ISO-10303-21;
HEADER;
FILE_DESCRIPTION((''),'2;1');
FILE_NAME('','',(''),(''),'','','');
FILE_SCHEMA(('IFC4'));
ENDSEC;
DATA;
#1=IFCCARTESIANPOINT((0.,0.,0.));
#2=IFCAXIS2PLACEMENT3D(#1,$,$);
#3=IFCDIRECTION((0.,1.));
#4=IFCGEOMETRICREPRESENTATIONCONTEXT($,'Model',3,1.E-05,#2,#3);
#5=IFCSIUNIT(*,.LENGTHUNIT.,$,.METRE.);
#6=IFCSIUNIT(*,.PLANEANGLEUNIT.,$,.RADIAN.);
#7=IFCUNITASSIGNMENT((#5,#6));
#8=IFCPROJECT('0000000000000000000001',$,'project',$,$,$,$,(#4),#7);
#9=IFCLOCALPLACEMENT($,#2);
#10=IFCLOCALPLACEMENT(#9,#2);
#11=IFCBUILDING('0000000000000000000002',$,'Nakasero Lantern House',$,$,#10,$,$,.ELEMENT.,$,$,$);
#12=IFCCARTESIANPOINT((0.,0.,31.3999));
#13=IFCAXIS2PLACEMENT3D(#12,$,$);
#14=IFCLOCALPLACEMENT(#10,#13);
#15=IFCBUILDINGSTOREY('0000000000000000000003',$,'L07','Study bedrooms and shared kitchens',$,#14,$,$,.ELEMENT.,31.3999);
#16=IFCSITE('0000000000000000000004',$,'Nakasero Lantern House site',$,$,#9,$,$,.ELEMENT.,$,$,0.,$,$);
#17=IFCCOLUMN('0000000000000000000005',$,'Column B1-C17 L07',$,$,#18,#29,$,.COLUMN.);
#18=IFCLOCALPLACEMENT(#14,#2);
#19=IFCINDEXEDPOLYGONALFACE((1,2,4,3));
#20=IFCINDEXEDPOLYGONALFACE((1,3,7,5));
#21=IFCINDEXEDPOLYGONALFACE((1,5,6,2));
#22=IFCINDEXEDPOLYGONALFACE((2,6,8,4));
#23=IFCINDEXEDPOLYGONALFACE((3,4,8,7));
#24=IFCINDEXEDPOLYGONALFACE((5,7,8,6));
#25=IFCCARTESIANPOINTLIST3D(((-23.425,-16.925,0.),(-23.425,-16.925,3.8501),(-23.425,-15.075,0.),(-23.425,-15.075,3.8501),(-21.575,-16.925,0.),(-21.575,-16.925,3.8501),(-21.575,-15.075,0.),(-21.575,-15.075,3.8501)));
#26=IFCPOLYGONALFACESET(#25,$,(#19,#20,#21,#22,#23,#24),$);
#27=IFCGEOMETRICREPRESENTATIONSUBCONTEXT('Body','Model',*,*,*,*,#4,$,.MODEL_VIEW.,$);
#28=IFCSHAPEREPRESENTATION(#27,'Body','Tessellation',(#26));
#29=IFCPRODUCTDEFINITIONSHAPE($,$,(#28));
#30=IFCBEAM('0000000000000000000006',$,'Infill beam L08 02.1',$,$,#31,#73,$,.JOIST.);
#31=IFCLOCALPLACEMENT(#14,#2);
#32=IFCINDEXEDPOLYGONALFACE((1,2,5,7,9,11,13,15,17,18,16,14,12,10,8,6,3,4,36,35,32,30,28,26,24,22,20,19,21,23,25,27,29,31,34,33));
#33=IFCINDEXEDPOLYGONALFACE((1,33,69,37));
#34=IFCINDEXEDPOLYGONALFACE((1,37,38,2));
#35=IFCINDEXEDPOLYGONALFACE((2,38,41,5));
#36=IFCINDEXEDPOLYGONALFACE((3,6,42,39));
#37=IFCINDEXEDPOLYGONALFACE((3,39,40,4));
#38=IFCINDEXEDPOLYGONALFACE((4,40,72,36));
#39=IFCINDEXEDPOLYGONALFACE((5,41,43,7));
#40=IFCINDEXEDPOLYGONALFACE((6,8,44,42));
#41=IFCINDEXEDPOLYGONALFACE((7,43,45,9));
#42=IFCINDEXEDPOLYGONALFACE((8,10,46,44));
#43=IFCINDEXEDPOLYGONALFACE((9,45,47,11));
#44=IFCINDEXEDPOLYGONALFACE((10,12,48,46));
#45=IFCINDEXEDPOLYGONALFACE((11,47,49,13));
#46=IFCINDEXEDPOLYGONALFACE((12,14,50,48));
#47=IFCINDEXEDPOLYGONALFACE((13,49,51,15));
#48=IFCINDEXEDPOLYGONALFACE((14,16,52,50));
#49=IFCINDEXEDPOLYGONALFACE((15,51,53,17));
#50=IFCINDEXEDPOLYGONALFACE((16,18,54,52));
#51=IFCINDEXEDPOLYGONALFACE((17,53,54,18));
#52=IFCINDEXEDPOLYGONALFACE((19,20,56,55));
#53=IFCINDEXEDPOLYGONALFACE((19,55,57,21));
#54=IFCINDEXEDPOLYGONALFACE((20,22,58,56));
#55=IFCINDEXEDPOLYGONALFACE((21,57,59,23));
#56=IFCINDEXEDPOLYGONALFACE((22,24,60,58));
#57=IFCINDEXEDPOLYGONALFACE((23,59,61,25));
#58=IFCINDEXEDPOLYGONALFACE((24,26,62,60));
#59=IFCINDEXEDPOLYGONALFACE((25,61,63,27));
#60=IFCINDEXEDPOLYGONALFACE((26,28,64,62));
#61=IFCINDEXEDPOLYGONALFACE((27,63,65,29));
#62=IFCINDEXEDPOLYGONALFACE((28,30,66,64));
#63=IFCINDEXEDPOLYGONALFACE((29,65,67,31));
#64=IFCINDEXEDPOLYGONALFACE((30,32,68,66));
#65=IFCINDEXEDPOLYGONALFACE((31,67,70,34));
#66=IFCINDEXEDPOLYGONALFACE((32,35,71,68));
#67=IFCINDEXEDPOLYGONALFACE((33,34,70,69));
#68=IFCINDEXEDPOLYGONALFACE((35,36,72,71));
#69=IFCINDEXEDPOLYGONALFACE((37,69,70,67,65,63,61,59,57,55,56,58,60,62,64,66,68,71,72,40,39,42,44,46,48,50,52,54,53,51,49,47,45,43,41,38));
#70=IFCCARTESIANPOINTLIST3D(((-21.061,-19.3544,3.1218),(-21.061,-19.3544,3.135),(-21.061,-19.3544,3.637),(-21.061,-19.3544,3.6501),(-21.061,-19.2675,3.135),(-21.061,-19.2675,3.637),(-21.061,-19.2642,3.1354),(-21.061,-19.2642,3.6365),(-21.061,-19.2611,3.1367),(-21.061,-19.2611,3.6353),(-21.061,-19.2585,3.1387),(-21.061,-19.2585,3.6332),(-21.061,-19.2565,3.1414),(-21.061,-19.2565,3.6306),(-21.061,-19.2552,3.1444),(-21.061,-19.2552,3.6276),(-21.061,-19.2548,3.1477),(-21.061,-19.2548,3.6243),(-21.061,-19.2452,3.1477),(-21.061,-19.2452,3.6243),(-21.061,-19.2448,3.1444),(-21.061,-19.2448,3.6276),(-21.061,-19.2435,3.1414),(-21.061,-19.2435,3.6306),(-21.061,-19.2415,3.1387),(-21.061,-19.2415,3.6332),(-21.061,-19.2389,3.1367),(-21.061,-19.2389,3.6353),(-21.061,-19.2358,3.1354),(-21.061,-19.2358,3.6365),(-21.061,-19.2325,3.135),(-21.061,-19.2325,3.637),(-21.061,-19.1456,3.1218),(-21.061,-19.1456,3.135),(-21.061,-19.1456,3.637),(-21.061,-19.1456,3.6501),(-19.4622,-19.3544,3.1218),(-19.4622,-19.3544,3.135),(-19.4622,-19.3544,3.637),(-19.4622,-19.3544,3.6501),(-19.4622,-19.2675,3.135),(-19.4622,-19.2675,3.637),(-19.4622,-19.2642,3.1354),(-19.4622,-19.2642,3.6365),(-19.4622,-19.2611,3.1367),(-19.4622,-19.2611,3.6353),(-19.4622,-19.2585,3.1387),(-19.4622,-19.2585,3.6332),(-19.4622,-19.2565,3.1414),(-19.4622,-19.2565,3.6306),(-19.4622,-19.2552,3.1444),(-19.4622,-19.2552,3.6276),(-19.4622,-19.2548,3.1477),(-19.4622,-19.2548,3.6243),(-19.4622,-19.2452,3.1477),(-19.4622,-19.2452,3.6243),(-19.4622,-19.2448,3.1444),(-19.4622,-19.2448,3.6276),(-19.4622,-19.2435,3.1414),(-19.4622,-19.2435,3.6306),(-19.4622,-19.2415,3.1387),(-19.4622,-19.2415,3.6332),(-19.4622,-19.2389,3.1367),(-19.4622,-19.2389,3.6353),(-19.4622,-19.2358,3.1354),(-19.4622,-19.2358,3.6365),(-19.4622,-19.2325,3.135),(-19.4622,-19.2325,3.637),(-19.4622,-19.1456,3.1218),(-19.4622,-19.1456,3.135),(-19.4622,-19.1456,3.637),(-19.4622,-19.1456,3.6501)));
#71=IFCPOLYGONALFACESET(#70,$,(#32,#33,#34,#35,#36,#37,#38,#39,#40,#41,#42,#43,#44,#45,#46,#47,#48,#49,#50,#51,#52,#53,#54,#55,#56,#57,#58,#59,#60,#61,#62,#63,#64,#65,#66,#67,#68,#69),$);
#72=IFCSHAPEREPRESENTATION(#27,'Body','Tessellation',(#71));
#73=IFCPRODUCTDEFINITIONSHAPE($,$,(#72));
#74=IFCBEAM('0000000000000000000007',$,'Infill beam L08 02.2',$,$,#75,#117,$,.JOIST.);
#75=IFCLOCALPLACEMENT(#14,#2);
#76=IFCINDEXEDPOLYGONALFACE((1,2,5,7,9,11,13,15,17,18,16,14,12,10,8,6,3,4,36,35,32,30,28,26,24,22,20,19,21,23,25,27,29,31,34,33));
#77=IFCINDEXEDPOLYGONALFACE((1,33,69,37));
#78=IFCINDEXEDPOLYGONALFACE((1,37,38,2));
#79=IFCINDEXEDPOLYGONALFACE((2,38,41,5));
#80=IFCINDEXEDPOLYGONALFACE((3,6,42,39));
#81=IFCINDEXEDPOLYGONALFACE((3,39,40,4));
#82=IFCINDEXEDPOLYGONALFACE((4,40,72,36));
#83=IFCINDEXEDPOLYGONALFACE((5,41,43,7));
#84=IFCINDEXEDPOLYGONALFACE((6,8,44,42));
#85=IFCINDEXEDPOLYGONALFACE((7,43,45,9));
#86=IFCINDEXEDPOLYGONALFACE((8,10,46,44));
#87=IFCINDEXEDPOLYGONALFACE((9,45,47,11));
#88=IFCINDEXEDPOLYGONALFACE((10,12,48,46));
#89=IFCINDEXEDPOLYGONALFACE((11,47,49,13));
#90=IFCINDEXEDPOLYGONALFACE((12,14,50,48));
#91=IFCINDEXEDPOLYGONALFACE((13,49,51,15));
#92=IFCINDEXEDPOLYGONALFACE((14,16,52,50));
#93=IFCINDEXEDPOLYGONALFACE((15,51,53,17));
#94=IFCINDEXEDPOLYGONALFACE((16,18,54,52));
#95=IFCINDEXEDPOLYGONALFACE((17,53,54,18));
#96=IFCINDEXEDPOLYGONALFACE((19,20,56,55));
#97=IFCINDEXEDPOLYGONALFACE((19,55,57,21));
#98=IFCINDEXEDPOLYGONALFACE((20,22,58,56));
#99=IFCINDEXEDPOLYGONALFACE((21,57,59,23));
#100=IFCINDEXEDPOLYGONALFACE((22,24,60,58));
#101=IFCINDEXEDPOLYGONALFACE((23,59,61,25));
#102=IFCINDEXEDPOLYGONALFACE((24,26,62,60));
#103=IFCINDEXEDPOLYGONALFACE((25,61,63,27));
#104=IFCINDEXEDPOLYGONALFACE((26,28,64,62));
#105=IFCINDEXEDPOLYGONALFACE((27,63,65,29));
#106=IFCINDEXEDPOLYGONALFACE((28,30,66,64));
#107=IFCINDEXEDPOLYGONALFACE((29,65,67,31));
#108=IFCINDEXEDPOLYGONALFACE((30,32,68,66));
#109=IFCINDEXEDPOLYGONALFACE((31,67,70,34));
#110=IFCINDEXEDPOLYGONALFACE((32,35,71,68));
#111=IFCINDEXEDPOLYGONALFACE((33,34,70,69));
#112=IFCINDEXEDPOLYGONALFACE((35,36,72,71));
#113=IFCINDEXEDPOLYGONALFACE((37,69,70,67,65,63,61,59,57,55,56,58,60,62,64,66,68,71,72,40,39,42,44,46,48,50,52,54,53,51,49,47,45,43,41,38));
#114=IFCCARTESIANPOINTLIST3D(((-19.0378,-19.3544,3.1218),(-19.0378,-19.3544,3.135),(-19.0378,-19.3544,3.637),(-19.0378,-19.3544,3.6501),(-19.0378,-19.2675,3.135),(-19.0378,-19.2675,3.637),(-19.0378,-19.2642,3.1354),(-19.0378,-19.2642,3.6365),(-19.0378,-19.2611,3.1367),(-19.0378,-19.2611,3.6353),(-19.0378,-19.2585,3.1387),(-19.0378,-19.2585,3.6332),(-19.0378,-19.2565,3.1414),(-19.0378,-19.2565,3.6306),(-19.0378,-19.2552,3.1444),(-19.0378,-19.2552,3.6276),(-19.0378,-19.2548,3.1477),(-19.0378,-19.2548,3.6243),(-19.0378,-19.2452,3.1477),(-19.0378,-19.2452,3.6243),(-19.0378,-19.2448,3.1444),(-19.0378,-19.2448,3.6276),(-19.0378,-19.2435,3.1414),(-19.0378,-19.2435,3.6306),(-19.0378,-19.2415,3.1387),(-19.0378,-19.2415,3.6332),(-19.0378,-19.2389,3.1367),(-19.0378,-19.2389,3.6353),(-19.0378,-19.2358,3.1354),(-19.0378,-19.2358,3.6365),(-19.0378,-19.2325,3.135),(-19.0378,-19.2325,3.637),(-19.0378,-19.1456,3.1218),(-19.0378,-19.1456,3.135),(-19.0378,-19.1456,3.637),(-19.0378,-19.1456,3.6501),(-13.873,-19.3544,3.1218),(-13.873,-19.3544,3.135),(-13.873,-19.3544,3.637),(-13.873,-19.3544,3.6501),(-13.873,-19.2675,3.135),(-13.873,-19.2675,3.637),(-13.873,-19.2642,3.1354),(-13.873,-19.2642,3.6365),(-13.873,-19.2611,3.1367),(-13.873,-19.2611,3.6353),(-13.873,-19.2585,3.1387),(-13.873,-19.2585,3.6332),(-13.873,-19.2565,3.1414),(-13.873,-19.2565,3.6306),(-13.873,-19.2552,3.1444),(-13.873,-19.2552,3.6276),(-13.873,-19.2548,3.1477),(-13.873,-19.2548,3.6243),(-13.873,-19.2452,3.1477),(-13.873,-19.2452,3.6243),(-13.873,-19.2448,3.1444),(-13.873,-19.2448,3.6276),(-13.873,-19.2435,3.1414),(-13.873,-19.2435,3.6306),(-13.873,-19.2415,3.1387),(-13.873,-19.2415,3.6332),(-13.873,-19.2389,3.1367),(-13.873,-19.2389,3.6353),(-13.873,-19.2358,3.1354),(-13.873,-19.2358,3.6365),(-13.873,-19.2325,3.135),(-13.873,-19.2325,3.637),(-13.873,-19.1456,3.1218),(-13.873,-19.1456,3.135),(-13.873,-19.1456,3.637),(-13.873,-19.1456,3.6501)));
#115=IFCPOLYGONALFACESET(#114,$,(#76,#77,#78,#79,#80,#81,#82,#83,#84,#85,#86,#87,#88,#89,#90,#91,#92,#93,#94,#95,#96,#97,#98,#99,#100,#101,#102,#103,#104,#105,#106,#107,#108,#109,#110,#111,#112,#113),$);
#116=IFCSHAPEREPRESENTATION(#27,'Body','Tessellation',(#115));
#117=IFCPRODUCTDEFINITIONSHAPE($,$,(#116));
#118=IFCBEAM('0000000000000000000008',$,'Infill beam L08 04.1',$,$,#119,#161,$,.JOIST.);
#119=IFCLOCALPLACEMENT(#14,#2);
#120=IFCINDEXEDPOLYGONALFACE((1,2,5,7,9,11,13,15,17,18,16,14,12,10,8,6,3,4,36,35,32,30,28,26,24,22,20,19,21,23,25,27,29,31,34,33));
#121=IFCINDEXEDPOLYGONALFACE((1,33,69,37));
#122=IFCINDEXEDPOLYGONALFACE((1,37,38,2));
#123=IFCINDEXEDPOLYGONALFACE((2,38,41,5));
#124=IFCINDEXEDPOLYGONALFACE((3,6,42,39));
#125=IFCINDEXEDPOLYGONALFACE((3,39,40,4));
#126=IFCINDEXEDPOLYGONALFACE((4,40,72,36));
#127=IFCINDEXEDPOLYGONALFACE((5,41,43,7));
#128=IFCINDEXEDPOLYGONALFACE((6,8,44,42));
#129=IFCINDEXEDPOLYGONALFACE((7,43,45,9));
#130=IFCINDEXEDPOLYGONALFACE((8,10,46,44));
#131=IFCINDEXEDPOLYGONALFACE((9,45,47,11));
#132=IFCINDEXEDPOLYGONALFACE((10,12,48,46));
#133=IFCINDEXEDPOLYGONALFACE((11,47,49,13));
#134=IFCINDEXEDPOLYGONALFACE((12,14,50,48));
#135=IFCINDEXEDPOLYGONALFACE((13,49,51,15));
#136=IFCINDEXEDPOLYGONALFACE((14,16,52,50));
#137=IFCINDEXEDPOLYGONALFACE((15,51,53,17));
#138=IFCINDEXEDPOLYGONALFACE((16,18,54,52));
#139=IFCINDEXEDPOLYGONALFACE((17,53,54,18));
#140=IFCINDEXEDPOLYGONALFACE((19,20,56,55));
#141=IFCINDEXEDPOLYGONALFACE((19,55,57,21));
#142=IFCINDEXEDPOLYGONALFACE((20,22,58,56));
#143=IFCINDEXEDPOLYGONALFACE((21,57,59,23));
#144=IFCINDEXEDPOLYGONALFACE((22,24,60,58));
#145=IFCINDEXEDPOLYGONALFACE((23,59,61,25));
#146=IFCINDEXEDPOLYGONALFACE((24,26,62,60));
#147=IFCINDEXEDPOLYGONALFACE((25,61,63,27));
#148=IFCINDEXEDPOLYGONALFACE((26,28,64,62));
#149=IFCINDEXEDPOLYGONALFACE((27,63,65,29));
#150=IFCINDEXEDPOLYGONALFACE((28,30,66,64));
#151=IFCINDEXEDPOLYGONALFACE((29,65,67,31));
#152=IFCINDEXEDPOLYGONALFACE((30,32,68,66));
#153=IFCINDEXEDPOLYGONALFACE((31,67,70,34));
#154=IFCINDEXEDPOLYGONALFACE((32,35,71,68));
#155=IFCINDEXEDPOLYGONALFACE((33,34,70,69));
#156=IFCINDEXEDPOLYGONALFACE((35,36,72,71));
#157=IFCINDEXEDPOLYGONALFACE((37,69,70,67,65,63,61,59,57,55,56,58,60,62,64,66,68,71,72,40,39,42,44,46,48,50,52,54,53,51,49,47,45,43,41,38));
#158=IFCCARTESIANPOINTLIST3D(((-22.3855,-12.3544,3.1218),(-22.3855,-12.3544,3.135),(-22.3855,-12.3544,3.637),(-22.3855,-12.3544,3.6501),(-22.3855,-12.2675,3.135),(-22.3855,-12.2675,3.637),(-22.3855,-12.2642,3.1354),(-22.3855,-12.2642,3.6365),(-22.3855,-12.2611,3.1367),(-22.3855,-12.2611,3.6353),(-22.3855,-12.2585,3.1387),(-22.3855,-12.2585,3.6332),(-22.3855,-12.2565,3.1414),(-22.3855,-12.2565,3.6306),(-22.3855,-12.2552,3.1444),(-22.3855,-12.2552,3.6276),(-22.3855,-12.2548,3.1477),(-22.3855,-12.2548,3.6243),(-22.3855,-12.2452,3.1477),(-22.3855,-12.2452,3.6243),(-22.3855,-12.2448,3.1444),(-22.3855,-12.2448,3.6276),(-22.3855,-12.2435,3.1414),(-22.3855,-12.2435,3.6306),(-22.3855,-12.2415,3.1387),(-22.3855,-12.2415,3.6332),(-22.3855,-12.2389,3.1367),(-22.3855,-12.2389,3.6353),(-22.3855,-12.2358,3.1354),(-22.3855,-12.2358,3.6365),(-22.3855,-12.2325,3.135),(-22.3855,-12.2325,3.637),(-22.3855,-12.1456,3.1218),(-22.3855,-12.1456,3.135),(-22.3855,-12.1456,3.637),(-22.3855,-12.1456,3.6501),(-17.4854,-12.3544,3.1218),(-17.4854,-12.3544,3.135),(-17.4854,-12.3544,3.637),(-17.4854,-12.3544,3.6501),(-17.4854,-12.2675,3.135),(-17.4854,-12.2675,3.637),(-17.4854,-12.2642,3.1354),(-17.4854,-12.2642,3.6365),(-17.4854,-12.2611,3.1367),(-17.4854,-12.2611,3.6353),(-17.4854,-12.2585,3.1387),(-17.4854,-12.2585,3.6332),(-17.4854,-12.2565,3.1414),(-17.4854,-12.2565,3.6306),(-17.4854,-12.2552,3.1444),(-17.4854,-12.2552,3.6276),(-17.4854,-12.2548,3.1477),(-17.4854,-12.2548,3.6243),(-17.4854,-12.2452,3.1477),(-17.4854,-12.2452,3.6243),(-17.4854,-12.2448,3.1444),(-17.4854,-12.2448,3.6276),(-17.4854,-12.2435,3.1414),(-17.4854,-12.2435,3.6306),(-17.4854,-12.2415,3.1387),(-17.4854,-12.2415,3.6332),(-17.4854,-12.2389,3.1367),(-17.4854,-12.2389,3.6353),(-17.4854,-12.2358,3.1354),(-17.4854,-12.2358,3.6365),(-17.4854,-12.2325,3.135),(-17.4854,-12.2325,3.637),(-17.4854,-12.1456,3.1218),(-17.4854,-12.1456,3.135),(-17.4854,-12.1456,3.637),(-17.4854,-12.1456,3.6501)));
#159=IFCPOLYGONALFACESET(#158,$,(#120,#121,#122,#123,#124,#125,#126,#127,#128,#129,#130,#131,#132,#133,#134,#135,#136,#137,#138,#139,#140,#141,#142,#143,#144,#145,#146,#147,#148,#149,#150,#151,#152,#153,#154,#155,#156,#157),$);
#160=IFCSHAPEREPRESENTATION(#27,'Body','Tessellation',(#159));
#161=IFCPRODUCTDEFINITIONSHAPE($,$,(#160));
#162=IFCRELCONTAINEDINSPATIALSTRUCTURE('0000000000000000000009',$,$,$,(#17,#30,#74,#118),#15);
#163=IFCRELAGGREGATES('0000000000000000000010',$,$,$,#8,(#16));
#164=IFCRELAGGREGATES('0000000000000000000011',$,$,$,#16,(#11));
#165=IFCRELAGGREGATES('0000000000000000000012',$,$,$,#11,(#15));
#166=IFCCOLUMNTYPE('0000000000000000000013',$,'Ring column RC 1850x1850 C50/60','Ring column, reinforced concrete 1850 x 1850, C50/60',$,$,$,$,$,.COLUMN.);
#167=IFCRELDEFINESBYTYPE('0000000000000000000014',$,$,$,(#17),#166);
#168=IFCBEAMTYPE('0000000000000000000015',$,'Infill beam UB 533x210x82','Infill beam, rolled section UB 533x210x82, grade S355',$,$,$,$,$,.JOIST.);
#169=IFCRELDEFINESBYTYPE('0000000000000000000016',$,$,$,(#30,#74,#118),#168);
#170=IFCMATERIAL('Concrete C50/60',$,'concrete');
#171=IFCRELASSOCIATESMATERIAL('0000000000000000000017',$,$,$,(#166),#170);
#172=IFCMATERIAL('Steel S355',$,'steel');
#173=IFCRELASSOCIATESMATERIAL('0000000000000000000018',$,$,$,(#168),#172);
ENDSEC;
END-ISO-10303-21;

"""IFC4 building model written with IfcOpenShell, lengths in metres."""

from ifc_helpers import new_model, si_unit, direction, frame, origin, origin_2d, place, context, subcontext, project, spatial, rectangle, i_section, extrude, material, material_profile, profile_set, type_object, element, save


model = new_model("IFC4")

# Units and contexts
model_context = context("Model", 3, precision=1e-05, world=origin(), true_north=direction((0.0, 1.0)))
body_context = subcontext(model_context, "Body", "Model", "MODEL_VIEW")
ifc_project = project(units=[si_unit("LENGTHUNIT", "METRE"), si_unit("PLANEANGLEUNIT", "RADIAN")], contexts=[model_context])

# Site, building, storey
site_placement = place(None, origin())
site = spatial("IfcSite", under=ifc_project, at=site_placement, Name="Nakasero Lantern House site", CompositionType="ELEMENT", RefElevation=0.0)
building_placement = place(site_placement, origin())
building = spatial("IfcBuilding", under=site, at=building_placement, Name="Nakasero Lantern House", CompositionType="ELEMENT")
storey_placement = place(building_placement, frame((0.0, 0.0, 31.3999)))
storey = spatial("IfcBuildingStorey", under=building, at=storey_placement, Name="L07", Description="Study bedrooms and shared kitchens", CompositionType="ELEMENT", Elevation=31.3999)

# Column
ifc_material_1 = material(Name="Concrete C50/60", Category="concrete")
ifc_material_profile_1 = material_profile(ifc_material_1, rectangle(XDim=1.8501, YDim=1.8501, at=origin_2d()), Name="RC 1850x1850")
ifc_profile_set_1 = profile_set([ifc_material_profile_1], Name="Concrete C50/60")
column_type = type_object("IfcColumnType", Name="Ring column RC 1850x1850 C50/60", Description="Ring column, reinforced concrete 1850 x 1850, C50/60", PredefinedType="COLUMN", material=ifc_profile_set_1)
column_placement = place(storey_placement, frame((-22.5, -16.0, 0.0), z_axis=(0.0, 0.0, 1.0), x_axis=(1.0, 0.0, 0.0)))
element("IfcColumn", 1, at=column_placement, inside=storey, type_object=column_type, Name="Column B1-C17 L07", PredefinedType="COLUMN", context=body_context, shape_type="SweptSolid", body=[
    extrude(rectangle(XDim=1.8501, YDim=1.8501, at=origin_2d()), origin(), (0.0, 0.0, 1.0), 3.8501),
])

# Beams
ifc_material_2 = material(Name="Steel S355", Category="steel")
ifc_material_profile_2 = material_profile(ifc_material_2, i_section(OverallWidth=0.2087, OverallDepth=0.5283, WebThickness=0.0095, FlangeThickness=0.0132, FilletRadius=0.0127, at=origin_2d()), Name="UB 533x210x82")
ifc_profile_set_2 = profile_set([ifc_material_profile_2], Name="Steel S355")
beam_type_1 = type_object("IfcBeamType", Name="Infill beam UB 533x210x82", Description="Infill beam, rolled section UB 533x210x82, grade S355", PredefinedType="JOIST", material=ifc_profile_set_2)
beam_1_placement = place(storey_placement, frame((-21.061, -19.25, 3.386), z_axis=(1.0, 0.0, 0.0), x_axis=(0.0, 1.0, 0.0)))
element("IfcBeam", 2, at=beam_1_placement, inside=storey, type_object=beam_type_1, Name="Infill beam L08 02.1", PredefinedType="JOIST", context=body_context, shape_type="SweptSolid", body=[
    extrude(i_section(OverallWidth=0.2087, OverallDepth=0.5283, WebThickness=0.0095, FlangeThickness=0.0132, FilletRadius=0.0127, at=origin_2d()), origin(), (0.0, 0.0, 1.0), 1.5989),
])
beam_2_placement = place(storey_placement, frame((-19.0378, -19.25, 3.386), z_axis=(1.0, 0.0, 0.0), x_axis=(0.0, 1.0, 0.0)))
element("IfcBeam", 3, at=beam_2_placement, inside=storey, type_object=beam_type_1, Name="Infill beam L08 02.2", PredefinedType="JOIST", context=body_context, shape_type="SweptSolid", body=[
    extrude(i_section(OverallWidth=0.2087, OverallDepth=0.5283, WebThickness=0.0095, FlangeThickness=0.0132, FilletRadius=0.0127, at=origin_2d()), origin(), (0.0, 0.0, 1.0), 5.1648),
])
beam_3_placement = place(storey_placement, frame((-22.3855, -12.25, 3.386), z_axis=(1.0, 0.0, 0.0), x_axis=(0.0, 1.0, 0.0)))
element("IfcBeam", 4, at=beam_3_placement, inside=storey, type_object=beam_type_1, Name="Infill beam L08 04.1", PredefinedType="JOIST", context=body_context, shape_type="SweptSolid", body=[
    extrude(i_section(OverallWidth=0.2087, OverallDepth=0.5283, WebThickness=0.0095, FlangeThickness=0.0132, FilletRadius=0.0127, at=origin_2d()), origin(), (0.0, 0.0, 1.0), 4.9001),
])

save(model, "model.ifc")
